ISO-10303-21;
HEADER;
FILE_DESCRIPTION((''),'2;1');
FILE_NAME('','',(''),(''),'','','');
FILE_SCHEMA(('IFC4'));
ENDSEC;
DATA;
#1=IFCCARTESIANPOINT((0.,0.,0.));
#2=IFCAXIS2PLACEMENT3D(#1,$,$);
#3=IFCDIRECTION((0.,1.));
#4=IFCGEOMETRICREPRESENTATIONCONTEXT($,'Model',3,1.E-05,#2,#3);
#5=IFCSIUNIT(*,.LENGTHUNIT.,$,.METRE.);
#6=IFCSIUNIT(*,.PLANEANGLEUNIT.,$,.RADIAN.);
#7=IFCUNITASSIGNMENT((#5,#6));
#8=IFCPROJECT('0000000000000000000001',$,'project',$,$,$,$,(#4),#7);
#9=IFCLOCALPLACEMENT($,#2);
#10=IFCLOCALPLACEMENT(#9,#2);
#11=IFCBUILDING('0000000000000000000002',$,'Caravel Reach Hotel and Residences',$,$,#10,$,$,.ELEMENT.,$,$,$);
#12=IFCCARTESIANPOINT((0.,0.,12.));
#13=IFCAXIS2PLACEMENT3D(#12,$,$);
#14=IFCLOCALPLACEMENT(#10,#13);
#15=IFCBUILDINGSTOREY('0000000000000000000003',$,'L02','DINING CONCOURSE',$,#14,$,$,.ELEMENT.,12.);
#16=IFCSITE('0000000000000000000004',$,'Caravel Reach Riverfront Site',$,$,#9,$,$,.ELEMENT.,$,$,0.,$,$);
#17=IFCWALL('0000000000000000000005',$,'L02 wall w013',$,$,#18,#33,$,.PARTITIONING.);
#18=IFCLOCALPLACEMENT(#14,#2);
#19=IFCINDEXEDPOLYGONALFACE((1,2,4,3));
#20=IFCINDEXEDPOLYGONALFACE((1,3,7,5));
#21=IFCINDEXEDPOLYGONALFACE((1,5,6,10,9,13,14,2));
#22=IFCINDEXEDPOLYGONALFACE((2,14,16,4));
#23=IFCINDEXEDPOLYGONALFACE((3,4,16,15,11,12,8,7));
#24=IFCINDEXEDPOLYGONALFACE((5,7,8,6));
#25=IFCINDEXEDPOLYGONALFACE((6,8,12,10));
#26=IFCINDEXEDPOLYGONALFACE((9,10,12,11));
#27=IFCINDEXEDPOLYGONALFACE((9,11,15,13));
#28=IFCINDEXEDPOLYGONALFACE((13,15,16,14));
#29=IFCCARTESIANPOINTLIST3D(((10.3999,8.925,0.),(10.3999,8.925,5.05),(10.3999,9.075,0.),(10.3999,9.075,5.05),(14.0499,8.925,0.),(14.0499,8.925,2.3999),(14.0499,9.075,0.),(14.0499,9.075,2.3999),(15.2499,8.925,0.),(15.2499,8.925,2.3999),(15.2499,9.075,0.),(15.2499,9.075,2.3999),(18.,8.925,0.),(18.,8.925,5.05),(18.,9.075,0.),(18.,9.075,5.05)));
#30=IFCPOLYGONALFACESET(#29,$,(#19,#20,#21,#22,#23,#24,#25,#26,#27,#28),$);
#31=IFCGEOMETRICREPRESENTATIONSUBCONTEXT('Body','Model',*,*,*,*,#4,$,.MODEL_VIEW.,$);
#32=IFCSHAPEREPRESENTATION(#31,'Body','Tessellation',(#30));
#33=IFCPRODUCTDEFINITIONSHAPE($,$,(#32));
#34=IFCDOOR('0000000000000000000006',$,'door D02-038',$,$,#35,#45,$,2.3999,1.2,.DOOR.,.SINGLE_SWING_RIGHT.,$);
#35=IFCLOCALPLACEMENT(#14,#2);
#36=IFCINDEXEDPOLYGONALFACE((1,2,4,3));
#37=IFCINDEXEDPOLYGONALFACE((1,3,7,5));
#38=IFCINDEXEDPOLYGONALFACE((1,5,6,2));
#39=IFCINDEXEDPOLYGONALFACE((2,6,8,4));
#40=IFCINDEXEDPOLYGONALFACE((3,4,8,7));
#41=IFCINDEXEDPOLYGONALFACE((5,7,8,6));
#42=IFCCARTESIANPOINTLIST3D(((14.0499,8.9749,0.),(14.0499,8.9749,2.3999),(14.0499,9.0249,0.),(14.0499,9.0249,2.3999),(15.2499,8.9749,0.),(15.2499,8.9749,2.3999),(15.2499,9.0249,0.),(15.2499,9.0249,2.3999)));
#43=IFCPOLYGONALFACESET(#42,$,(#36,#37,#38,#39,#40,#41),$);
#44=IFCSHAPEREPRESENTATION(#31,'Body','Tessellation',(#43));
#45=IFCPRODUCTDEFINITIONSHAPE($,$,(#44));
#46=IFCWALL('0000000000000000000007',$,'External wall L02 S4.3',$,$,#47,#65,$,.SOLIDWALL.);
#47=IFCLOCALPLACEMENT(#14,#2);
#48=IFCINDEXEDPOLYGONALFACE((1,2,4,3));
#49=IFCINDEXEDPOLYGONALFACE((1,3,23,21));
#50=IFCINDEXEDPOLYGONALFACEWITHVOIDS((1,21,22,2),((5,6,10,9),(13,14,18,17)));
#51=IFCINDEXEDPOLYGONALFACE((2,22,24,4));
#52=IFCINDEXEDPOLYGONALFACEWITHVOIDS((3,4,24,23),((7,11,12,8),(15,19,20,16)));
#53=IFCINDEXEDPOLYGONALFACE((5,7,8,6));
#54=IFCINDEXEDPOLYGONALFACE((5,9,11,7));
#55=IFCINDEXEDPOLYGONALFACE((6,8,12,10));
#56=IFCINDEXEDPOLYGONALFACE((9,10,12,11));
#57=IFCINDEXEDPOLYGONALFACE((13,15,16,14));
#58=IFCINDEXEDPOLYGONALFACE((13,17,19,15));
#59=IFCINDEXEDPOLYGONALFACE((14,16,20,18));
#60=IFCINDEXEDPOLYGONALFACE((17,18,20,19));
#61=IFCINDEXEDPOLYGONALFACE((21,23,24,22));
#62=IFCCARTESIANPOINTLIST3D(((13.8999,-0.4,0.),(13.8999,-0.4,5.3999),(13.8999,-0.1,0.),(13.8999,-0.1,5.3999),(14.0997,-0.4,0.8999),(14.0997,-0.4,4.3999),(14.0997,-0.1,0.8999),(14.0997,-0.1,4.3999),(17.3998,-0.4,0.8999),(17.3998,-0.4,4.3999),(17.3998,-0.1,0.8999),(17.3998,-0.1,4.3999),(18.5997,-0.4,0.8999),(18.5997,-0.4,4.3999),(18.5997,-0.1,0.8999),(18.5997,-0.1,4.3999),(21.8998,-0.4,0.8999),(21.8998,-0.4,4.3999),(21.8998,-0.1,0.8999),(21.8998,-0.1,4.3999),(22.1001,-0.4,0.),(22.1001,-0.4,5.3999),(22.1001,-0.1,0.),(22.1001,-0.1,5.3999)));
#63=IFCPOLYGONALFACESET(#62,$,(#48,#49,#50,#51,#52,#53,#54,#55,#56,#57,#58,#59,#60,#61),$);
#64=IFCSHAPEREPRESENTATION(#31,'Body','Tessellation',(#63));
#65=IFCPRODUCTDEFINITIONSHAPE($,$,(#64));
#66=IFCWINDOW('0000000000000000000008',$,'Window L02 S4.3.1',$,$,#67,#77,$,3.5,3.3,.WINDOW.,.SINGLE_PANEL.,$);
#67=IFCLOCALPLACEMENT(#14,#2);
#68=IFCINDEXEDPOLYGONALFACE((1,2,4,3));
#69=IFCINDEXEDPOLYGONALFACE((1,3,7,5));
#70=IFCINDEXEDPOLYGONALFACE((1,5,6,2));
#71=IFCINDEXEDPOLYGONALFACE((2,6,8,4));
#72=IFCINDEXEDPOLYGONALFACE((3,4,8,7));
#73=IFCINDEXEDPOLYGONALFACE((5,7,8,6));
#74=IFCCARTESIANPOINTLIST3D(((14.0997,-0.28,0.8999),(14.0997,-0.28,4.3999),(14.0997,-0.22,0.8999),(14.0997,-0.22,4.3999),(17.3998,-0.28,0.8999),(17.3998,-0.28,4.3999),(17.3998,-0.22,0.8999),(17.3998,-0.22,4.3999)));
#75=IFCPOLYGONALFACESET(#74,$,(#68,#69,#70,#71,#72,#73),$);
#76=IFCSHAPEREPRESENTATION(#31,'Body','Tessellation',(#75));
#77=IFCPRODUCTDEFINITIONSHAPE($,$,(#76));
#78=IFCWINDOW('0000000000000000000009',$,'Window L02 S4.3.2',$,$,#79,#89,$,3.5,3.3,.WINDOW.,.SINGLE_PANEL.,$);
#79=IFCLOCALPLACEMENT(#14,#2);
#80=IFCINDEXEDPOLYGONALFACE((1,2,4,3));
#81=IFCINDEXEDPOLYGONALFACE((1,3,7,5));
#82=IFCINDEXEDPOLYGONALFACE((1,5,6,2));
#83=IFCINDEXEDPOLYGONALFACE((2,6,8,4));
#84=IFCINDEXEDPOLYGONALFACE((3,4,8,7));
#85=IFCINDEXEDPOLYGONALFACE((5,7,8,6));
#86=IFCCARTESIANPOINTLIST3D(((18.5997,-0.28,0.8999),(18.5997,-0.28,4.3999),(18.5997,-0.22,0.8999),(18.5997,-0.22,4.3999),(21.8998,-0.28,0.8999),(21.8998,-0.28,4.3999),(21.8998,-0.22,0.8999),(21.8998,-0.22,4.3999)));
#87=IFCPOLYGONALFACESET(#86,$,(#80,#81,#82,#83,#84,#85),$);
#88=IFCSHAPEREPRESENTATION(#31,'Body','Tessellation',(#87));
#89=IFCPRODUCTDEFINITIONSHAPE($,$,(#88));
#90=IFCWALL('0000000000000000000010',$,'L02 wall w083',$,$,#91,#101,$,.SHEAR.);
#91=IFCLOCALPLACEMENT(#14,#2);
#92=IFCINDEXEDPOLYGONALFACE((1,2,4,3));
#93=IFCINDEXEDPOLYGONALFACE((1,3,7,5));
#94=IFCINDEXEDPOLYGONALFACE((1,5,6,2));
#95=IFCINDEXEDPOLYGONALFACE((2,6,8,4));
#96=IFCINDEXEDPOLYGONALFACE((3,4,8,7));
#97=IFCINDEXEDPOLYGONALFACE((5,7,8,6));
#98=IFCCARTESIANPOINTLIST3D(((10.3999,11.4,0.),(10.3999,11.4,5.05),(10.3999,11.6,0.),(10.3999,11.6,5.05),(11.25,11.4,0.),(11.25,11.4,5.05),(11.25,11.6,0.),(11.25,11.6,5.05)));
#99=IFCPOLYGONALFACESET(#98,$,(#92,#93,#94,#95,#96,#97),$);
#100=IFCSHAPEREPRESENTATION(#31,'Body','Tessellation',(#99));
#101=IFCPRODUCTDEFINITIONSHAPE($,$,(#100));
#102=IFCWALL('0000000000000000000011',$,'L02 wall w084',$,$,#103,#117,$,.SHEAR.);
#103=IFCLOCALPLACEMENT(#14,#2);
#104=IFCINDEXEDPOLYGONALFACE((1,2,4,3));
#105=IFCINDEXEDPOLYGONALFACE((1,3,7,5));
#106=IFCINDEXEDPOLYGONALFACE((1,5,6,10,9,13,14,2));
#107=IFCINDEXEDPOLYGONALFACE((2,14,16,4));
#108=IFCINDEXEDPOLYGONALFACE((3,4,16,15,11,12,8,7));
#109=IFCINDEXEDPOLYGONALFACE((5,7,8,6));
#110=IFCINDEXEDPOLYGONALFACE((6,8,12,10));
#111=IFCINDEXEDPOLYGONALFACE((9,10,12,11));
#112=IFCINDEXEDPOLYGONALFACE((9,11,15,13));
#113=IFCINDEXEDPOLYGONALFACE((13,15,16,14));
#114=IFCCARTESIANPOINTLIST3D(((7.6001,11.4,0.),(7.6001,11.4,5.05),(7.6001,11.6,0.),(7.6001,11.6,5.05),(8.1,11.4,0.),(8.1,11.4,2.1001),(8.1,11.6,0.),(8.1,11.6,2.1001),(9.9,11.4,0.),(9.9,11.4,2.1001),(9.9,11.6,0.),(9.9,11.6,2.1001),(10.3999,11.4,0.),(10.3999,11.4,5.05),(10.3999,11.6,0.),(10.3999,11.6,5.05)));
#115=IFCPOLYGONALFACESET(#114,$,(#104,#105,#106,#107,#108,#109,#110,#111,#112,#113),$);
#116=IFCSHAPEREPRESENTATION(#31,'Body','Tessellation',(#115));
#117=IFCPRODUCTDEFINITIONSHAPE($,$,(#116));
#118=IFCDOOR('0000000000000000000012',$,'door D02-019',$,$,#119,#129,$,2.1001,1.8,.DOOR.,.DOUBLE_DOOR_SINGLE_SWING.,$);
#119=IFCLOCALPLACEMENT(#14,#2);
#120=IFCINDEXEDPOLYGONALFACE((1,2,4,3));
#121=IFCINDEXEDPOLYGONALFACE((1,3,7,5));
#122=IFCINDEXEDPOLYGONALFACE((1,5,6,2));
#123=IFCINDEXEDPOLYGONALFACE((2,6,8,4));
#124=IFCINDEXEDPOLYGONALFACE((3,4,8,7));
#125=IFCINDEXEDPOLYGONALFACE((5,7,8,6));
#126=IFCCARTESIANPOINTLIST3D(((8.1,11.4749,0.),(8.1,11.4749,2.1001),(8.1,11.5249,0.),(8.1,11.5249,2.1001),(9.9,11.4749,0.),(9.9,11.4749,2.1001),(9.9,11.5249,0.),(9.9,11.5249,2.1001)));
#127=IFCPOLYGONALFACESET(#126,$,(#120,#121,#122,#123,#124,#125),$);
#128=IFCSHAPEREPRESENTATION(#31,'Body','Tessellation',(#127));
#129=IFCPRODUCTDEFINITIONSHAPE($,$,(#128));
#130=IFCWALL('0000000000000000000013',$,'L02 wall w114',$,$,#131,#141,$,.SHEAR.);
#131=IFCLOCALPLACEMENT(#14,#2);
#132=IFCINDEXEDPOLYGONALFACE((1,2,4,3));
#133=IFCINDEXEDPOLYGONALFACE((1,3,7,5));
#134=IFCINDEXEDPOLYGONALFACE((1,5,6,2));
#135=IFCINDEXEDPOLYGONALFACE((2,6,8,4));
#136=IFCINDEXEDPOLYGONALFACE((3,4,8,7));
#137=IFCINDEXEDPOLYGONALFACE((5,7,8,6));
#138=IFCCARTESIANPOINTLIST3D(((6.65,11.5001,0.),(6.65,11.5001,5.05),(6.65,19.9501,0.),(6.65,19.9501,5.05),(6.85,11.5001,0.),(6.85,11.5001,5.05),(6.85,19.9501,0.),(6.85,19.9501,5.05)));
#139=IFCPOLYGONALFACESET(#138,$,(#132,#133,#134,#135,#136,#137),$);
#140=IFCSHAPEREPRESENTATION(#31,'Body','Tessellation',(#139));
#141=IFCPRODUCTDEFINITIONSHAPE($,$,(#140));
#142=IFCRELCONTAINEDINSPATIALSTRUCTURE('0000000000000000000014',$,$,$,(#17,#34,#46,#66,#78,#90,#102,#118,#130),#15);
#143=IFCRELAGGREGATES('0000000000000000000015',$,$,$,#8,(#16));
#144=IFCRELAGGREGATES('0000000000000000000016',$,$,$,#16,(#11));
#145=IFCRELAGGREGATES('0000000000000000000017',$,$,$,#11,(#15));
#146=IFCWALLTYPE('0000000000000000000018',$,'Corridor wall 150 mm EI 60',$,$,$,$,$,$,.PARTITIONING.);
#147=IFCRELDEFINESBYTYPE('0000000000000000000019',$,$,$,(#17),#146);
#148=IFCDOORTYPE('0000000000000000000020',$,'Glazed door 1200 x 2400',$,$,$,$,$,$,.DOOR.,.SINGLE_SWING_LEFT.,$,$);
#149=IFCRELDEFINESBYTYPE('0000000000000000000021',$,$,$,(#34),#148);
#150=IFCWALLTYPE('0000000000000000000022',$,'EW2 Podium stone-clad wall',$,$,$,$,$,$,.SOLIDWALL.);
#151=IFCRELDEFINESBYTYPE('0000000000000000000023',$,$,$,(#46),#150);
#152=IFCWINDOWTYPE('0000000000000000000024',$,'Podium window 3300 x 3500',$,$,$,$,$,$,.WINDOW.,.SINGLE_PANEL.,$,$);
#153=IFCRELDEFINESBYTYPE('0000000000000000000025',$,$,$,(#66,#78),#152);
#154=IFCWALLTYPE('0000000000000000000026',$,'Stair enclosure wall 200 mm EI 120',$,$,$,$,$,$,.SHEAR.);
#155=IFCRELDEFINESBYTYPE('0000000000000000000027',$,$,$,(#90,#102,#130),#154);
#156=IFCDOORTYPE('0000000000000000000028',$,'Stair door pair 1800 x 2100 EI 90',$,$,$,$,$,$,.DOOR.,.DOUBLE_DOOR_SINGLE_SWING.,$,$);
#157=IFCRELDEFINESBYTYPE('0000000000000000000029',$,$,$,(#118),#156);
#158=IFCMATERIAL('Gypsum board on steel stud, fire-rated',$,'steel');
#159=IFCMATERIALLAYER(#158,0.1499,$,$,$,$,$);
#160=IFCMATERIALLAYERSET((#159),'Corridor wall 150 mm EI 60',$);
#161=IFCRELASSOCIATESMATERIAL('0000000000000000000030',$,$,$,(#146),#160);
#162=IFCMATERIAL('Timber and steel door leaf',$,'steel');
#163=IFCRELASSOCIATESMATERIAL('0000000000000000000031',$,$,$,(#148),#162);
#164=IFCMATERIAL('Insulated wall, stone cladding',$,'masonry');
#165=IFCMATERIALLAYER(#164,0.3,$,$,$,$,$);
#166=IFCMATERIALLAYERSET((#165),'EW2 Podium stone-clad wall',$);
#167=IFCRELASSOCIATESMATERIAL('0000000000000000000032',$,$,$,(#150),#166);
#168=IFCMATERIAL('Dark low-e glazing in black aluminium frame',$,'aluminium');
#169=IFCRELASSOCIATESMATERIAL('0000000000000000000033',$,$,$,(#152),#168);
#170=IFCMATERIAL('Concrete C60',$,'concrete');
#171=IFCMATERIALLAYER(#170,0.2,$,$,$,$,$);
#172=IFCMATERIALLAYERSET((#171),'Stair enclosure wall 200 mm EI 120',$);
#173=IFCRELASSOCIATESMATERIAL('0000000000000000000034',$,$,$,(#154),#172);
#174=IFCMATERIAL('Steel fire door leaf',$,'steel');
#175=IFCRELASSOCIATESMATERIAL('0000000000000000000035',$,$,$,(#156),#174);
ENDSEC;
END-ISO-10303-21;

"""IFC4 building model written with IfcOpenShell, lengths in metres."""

from ifc_helpers import new_model, si_unit, direction, frame, frame_2d, origin, place, context, subcontext, project, spatial, rectangle, extrude, material, layer, layer_set, type_object, element, fill, save


model = new_model("IFC4")

# Units and contexts
model_context = context("Model", 3, precision=1e-05, world=origin(), true_north=direction((0.0, 1.0)))
body_context = subcontext(model_context, "Body", "Model", "MODEL_VIEW")
ifc_project = project(units=[si_unit("LENGTHUNIT", "METRE"), si_unit("PLANEANGLEUNIT", "RADIAN")], contexts=[model_context])

# Site, building, storey
site_placement = place(None, origin())
site = spatial("IfcSite", under=ifc_project, at=site_placement, Name="Caravel Reach Riverfront Site", CompositionType="ELEMENT", RefElevation=0.0)
building_placement = place(site_placement, origin())
building = spatial("IfcBuilding", under=site, at=building_placement, Name="Caravel Reach Hotel and Residences", CompositionType="ELEMENT")
storey_placement = place(building_placement, frame((0.0, 0.0, 12.0)))
storey = spatial("IfcBuildingStorey", under=building, at=storey_placement, Name="L02", Description="DINING CONCOURSE", CompositionType="ELEMENT", Elevation=12.0)

# Wall, opening, door
ifc_material_1 = material(Name="Gypsum board on steel stud, fire-rated", Category="steel")
ifc_layer_1 = layer(ifc_material_1, 0.1499)
ifc_layer_set_1 = layer_set([ifc_layer_1], Name="Corridor wall 150 mm EI 60")
wall_type_1 = type_object("IfcWallType", Name="Corridor wall 150 mm EI 60", PredefinedType="PARTITIONING", material=ifc_layer_set_1)
wall_1_placement = place(storey_placement, frame((10.3999, 9.0, 0.0), z_axis=(0.0, 0.0, 1.0), x_axis=(1.0, 0.0, 0.0)))
wall_1 = element("IfcWall", 1, at=wall_1_placement, inside=storey, type_object=wall_type_1, Name="L02 wall w013", PredefinedType="PARTITIONING", context=body_context, shape_type="SweptSolid", body=[
    extrude(rectangle(XDim=7.6001, YDim=0.1499, at=frame_2d((3.8, 0.0))), origin(), (0.0, 0.0, 1.0), 5.05),
])
opening_1_placement = place(wall_1_placement, frame((3.6499, 0.0, 0.0)))
opening_1 = element("IfcOpeningElement", 2, at=opening_1_placement, cuts=wall_1, PredefinedType="OPENING", context=body_context, shape_type="SweptSolid", body=[
    extrude(rectangle(XDim=1.2, YDim=2.3999, at=frame_2d((0.6001, 1.2))), frame((0.0, 0.085, 0.0), z_axis=(0.0, -1.0, 0.0), x_axis=(1.0, 0.0, 0.0)), (0.0, 0.0, 1.0), 0.1699),
])
ifc_material_2 = material(Name="Timber and steel door leaf", Category="steel")
door_type_1 = type_object("IfcDoorType", Name="Glazed door 1200 x 2400", OperationType="SINGLE_SWING_LEFT", PredefinedType="DOOR", material=ifc_material_2)
door_1_placement = place(opening_1_placement, origin())
door_1 = element("IfcDoor", 3, at=door_1_placement, inside=storey, type_object=door_type_1, Name="door D02-038", OperationType="SINGLE_SWING_RIGHT", OverallHeight=2.3999, OverallWidth=1.2, PredefinedType="DOOR", context=body_context, shape_type="SweptSolid", body=[
    extrude(rectangle(XDim=1.2, YDim=2.3999, at=frame_2d((0.6001, 1.2))), frame((0.0, 0.0249, 0.0), z_axis=(0.0, -1.0, 0.0), x_axis=(1.0, 0.0, 0.0)), (0.0, 0.0, 1.0), 0.05),
])
fill(opening_1, door_1)

# Wall, openings, windows
ifc_material_3 = material(Name="Insulated wall, stone cladding", Category="masonry")
ifc_layer_2 = layer(ifc_material_3, 0.3)
ifc_layer_set_2 = layer_set([ifc_layer_2], Name="EW2 Podium stone-clad wall")
wall_type_2 = type_object("IfcWallType", Name="EW2 Podium stone-clad wall", PredefinedType="SOLIDWALL", material=ifc_layer_set_2)
wall_2_placement = place(storey_placement, frame((13.8999, -0.25, 0.0), z_axis=(0.0, 0.0, 1.0), x_axis=(1.0, 0.0, 0.0)))
wall_2 = element("IfcWall", 4, at=wall_2_placement, inside=storey, type_object=wall_type_2, Name="External wall L02 S4.3", PredefinedType="SOLIDWALL", context=body_context, shape_type="SweptSolid", body=[
    extrude(rectangle(XDim=8.2002, YDim=0.3, at=frame_2d((4.1001, 0.0))), origin(), (0.0, 0.0, 1.0), 5.3999),
])
opening_2_placement = place(wall_2_placement, frame((0.2, 0.0, 0.8999)))
opening_2 = element("IfcOpeningElement", 5, at=opening_2_placement, cuts=wall_2, PredefinedType="OPENING", context=body_context, shape_type="SweptSolid", body=[
    extrude(rectangle(XDim=3.3, YDim=3.5, at=frame_2d((1.6499, 1.75))), frame((0.0, 0.1599, 0.0), z_axis=(0.0, -1.0, 0.0), x_axis=(1.0, 0.0, 0.0)), (0.0, 0.0, 1.0), 0.3201),
])
opening_3_placement = place(wall_2_placement, frame((4.7, 0.0, 0.8999)))
opening_3 = element("IfcOpeningElement", 6, at=opening_3_placement, cuts=wall_2, PredefinedType="OPENING", context=body_context, shape_type="SweptSolid", body=[
    extrude(rectangle(XDim=3.3, YDim=3.5, at=frame_2d((1.6499, 1.75))), frame((0.0, 0.1599, 0.0), z_axis=(0.0, -1.0, 0.0), x_axis=(1.0, 0.0, 0.0)), (0.0, 0.0, 1.0), 0.3201),
])
ifc_material_4 = material(Name="Dark low-e glazing in black aluminium frame", Category="aluminium")
window_type = type_object("IfcWindowType", Name="Podium window 3300 x 3500", PartitioningType="SINGLE_PANEL", PredefinedType="WINDOW", material=ifc_material_4)
window_1_placement = place(opening_2_placement, origin())
window_1 = element("IfcWindow", 7, at=window_1_placement, inside=storey, type_object=window_type, Name="Window L02 S4.3.1", OverallHeight=3.5, OverallWidth=3.3, PartitioningType="SINGLE_PANEL", PredefinedType="WINDOW", context=body_context, shape_type="SweptSolid", body=[
    extrude(rectangle(XDim=3.3, YDim=3.5, at=frame_2d((1.6499, 1.75))), frame((0.0, 0.03, 0.0), z_axis=(0.0, -1.0, 0.0), x_axis=(1.0, 0.0, 0.0)), (0.0, 0.0, 1.0), 0.0601),
])
fill(opening_2, window_1)
window_2_placement = place(opening_3_placement, origin())
window_2 = element("IfcWindow", 8, at=window_2_placement, inside=storey, type_object=window_type, Name="Window L02 S4.3.2", OverallHeight=3.5, OverallWidth=3.3, PartitioningType="SINGLE_PANEL", PredefinedType="WINDOW", context=body_context, shape_type="SweptSolid", body=[
    extrude(rectangle(XDim=3.3, YDim=3.5, at=frame_2d((1.6499, 1.75))), frame((0.0, 0.03, 0.0), z_axis=(0.0, -1.0, 0.0), x_axis=(1.0, 0.0, 0.0)), (0.0, 0.0, 1.0), 0.0601),
])
fill(opening_3, window_2)

# Wall
ifc_material_5 = material(Name="Concrete C60", Category="concrete")
ifc_layer_3 = layer(ifc_material_5, 0.2)
ifc_layer_set_3 = layer_set([ifc_layer_3], Name="Stair enclosure wall 200 mm EI 120")
wall_type_3 = type_object("IfcWallType", Name="Stair enclosure wall 200 mm EI 120", PredefinedType="SHEAR", material=ifc_layer_set_3)
wall_3_placement = place(storey_placement, frame((10.3999, 11.5, 0.0), z_axis=(0.0, 0.0, 1.0), x_axis=(1.0, 0.0, 0.0)))
element("IfcWall", 9, at=wall_3_placement, inside=storey, type_object=wall_type_3, Name="L02 wall w083", PredefinedType="SHEAR", context=body_context, shape_type="SweptSolid", body=[
    extrude(rectangle(XDim=0.8501, YDim=0.2, at=frame_2d((0.425, 0.0))), origin(), (0.0, 0.0, 1.0), 5.05),
])

# Wall, opening, door
wall_4_placement = place(storey_placement, frame((7.6001, 11.5, 0.0), z_axis=(0.0, 0.0, 1.0), x_axis=(1.0, 0.0, 0.0)))
wall_4 = element("IfcWall", 10, at=wall_4_placement, inside=storey, type_object=wall_type_3, Name="L02 wall w084", PredefinedType="SHEAR", context=body_context, shape_type="SweptSolid", body=[
    extrude(rectangle(XDim=2.7998, YDim=0.2, at=frame_2d((1.3999, 0.0))), origin(), (0.0, 0.0, 1.0), 5.05),
])
opening_4_placement = place(wall_4_placement, frame((0.5, 0.0, 0.0)))
opening_4 = element("IfcOpeningElement", 11, at=opening_4_placement, cuts=wall_4, PredefinedType="OPENING", context=body_context, shape_type="SweptSolid", body=[
    extrude(rectangle(XDim=1.8, YDim=2.1001, at=frame_2d((0.8999, 1.05))), frame((0.0, 0.1099, 0.0), z_axis=(0.0, -1.0, 0.0), x_axis=(1.0, 0.0, 0.0)), (0.0, 0.0, 1.0), 0.22),
])
ifc_material_6 = material(Name="Steel fire door leaf", Category="steel")
door_type_2 = type_object("IfcDoorType", Name="Stair door pair 1800 x 2100 EI 90", OperationType="DOUBLE_DOOR_SINGLE_SWING", PredefinedType="DOOR", material=ifc_material_6)
door_2_placement = place(opening_4_placement, origin())
door_2 = element("IfcDoor", 12, at=door_2_placement, inside=storey, type_object=door_type_2, Name="door D02-019", OperationType="DOUBLE_DOOR_SINGLE_SWING", OverallHeight=2.1001, OverallWidth=1.8, PredefinedType="DOOR", context=body_context, shape_type="SweptSolid", body=[
    extrude(rectangle(XDim=1.8, YDim=2.1001, at=frame_2d((0.8999, 1.05))), frame((0.0, 0.0249, 0.0), z_axis=(0.0, -1.0, 0.0), x_axis=(1.0, 0.0, 0.0)), (0.0, 0.0, 1.0), 0.05),
])
fill(opening_4, door_2)

# Wall
wall_5_placement = place(storey_placement, frame((6.75, 11.5, 0.0), z_axis=(0.0, 0.0, 1.0), x_axis=(0.0, 1.0, 0.0)))
element("IfcWall", 13, at=wall_5_placement, inside=storey, type_object=wall_type_3, Name="L02 wall w114", PredefinedType="SHEAR", context=body_context, shape_type="SweptSolid", body=[
    extrude(rectangle(XDim=8.45, YDim=0.2, at=frame_2d((4.2251, 0.0))), origin(), (0.0, 0.0, 1.0), 5.05),
])

save(model, "model.ifc")
